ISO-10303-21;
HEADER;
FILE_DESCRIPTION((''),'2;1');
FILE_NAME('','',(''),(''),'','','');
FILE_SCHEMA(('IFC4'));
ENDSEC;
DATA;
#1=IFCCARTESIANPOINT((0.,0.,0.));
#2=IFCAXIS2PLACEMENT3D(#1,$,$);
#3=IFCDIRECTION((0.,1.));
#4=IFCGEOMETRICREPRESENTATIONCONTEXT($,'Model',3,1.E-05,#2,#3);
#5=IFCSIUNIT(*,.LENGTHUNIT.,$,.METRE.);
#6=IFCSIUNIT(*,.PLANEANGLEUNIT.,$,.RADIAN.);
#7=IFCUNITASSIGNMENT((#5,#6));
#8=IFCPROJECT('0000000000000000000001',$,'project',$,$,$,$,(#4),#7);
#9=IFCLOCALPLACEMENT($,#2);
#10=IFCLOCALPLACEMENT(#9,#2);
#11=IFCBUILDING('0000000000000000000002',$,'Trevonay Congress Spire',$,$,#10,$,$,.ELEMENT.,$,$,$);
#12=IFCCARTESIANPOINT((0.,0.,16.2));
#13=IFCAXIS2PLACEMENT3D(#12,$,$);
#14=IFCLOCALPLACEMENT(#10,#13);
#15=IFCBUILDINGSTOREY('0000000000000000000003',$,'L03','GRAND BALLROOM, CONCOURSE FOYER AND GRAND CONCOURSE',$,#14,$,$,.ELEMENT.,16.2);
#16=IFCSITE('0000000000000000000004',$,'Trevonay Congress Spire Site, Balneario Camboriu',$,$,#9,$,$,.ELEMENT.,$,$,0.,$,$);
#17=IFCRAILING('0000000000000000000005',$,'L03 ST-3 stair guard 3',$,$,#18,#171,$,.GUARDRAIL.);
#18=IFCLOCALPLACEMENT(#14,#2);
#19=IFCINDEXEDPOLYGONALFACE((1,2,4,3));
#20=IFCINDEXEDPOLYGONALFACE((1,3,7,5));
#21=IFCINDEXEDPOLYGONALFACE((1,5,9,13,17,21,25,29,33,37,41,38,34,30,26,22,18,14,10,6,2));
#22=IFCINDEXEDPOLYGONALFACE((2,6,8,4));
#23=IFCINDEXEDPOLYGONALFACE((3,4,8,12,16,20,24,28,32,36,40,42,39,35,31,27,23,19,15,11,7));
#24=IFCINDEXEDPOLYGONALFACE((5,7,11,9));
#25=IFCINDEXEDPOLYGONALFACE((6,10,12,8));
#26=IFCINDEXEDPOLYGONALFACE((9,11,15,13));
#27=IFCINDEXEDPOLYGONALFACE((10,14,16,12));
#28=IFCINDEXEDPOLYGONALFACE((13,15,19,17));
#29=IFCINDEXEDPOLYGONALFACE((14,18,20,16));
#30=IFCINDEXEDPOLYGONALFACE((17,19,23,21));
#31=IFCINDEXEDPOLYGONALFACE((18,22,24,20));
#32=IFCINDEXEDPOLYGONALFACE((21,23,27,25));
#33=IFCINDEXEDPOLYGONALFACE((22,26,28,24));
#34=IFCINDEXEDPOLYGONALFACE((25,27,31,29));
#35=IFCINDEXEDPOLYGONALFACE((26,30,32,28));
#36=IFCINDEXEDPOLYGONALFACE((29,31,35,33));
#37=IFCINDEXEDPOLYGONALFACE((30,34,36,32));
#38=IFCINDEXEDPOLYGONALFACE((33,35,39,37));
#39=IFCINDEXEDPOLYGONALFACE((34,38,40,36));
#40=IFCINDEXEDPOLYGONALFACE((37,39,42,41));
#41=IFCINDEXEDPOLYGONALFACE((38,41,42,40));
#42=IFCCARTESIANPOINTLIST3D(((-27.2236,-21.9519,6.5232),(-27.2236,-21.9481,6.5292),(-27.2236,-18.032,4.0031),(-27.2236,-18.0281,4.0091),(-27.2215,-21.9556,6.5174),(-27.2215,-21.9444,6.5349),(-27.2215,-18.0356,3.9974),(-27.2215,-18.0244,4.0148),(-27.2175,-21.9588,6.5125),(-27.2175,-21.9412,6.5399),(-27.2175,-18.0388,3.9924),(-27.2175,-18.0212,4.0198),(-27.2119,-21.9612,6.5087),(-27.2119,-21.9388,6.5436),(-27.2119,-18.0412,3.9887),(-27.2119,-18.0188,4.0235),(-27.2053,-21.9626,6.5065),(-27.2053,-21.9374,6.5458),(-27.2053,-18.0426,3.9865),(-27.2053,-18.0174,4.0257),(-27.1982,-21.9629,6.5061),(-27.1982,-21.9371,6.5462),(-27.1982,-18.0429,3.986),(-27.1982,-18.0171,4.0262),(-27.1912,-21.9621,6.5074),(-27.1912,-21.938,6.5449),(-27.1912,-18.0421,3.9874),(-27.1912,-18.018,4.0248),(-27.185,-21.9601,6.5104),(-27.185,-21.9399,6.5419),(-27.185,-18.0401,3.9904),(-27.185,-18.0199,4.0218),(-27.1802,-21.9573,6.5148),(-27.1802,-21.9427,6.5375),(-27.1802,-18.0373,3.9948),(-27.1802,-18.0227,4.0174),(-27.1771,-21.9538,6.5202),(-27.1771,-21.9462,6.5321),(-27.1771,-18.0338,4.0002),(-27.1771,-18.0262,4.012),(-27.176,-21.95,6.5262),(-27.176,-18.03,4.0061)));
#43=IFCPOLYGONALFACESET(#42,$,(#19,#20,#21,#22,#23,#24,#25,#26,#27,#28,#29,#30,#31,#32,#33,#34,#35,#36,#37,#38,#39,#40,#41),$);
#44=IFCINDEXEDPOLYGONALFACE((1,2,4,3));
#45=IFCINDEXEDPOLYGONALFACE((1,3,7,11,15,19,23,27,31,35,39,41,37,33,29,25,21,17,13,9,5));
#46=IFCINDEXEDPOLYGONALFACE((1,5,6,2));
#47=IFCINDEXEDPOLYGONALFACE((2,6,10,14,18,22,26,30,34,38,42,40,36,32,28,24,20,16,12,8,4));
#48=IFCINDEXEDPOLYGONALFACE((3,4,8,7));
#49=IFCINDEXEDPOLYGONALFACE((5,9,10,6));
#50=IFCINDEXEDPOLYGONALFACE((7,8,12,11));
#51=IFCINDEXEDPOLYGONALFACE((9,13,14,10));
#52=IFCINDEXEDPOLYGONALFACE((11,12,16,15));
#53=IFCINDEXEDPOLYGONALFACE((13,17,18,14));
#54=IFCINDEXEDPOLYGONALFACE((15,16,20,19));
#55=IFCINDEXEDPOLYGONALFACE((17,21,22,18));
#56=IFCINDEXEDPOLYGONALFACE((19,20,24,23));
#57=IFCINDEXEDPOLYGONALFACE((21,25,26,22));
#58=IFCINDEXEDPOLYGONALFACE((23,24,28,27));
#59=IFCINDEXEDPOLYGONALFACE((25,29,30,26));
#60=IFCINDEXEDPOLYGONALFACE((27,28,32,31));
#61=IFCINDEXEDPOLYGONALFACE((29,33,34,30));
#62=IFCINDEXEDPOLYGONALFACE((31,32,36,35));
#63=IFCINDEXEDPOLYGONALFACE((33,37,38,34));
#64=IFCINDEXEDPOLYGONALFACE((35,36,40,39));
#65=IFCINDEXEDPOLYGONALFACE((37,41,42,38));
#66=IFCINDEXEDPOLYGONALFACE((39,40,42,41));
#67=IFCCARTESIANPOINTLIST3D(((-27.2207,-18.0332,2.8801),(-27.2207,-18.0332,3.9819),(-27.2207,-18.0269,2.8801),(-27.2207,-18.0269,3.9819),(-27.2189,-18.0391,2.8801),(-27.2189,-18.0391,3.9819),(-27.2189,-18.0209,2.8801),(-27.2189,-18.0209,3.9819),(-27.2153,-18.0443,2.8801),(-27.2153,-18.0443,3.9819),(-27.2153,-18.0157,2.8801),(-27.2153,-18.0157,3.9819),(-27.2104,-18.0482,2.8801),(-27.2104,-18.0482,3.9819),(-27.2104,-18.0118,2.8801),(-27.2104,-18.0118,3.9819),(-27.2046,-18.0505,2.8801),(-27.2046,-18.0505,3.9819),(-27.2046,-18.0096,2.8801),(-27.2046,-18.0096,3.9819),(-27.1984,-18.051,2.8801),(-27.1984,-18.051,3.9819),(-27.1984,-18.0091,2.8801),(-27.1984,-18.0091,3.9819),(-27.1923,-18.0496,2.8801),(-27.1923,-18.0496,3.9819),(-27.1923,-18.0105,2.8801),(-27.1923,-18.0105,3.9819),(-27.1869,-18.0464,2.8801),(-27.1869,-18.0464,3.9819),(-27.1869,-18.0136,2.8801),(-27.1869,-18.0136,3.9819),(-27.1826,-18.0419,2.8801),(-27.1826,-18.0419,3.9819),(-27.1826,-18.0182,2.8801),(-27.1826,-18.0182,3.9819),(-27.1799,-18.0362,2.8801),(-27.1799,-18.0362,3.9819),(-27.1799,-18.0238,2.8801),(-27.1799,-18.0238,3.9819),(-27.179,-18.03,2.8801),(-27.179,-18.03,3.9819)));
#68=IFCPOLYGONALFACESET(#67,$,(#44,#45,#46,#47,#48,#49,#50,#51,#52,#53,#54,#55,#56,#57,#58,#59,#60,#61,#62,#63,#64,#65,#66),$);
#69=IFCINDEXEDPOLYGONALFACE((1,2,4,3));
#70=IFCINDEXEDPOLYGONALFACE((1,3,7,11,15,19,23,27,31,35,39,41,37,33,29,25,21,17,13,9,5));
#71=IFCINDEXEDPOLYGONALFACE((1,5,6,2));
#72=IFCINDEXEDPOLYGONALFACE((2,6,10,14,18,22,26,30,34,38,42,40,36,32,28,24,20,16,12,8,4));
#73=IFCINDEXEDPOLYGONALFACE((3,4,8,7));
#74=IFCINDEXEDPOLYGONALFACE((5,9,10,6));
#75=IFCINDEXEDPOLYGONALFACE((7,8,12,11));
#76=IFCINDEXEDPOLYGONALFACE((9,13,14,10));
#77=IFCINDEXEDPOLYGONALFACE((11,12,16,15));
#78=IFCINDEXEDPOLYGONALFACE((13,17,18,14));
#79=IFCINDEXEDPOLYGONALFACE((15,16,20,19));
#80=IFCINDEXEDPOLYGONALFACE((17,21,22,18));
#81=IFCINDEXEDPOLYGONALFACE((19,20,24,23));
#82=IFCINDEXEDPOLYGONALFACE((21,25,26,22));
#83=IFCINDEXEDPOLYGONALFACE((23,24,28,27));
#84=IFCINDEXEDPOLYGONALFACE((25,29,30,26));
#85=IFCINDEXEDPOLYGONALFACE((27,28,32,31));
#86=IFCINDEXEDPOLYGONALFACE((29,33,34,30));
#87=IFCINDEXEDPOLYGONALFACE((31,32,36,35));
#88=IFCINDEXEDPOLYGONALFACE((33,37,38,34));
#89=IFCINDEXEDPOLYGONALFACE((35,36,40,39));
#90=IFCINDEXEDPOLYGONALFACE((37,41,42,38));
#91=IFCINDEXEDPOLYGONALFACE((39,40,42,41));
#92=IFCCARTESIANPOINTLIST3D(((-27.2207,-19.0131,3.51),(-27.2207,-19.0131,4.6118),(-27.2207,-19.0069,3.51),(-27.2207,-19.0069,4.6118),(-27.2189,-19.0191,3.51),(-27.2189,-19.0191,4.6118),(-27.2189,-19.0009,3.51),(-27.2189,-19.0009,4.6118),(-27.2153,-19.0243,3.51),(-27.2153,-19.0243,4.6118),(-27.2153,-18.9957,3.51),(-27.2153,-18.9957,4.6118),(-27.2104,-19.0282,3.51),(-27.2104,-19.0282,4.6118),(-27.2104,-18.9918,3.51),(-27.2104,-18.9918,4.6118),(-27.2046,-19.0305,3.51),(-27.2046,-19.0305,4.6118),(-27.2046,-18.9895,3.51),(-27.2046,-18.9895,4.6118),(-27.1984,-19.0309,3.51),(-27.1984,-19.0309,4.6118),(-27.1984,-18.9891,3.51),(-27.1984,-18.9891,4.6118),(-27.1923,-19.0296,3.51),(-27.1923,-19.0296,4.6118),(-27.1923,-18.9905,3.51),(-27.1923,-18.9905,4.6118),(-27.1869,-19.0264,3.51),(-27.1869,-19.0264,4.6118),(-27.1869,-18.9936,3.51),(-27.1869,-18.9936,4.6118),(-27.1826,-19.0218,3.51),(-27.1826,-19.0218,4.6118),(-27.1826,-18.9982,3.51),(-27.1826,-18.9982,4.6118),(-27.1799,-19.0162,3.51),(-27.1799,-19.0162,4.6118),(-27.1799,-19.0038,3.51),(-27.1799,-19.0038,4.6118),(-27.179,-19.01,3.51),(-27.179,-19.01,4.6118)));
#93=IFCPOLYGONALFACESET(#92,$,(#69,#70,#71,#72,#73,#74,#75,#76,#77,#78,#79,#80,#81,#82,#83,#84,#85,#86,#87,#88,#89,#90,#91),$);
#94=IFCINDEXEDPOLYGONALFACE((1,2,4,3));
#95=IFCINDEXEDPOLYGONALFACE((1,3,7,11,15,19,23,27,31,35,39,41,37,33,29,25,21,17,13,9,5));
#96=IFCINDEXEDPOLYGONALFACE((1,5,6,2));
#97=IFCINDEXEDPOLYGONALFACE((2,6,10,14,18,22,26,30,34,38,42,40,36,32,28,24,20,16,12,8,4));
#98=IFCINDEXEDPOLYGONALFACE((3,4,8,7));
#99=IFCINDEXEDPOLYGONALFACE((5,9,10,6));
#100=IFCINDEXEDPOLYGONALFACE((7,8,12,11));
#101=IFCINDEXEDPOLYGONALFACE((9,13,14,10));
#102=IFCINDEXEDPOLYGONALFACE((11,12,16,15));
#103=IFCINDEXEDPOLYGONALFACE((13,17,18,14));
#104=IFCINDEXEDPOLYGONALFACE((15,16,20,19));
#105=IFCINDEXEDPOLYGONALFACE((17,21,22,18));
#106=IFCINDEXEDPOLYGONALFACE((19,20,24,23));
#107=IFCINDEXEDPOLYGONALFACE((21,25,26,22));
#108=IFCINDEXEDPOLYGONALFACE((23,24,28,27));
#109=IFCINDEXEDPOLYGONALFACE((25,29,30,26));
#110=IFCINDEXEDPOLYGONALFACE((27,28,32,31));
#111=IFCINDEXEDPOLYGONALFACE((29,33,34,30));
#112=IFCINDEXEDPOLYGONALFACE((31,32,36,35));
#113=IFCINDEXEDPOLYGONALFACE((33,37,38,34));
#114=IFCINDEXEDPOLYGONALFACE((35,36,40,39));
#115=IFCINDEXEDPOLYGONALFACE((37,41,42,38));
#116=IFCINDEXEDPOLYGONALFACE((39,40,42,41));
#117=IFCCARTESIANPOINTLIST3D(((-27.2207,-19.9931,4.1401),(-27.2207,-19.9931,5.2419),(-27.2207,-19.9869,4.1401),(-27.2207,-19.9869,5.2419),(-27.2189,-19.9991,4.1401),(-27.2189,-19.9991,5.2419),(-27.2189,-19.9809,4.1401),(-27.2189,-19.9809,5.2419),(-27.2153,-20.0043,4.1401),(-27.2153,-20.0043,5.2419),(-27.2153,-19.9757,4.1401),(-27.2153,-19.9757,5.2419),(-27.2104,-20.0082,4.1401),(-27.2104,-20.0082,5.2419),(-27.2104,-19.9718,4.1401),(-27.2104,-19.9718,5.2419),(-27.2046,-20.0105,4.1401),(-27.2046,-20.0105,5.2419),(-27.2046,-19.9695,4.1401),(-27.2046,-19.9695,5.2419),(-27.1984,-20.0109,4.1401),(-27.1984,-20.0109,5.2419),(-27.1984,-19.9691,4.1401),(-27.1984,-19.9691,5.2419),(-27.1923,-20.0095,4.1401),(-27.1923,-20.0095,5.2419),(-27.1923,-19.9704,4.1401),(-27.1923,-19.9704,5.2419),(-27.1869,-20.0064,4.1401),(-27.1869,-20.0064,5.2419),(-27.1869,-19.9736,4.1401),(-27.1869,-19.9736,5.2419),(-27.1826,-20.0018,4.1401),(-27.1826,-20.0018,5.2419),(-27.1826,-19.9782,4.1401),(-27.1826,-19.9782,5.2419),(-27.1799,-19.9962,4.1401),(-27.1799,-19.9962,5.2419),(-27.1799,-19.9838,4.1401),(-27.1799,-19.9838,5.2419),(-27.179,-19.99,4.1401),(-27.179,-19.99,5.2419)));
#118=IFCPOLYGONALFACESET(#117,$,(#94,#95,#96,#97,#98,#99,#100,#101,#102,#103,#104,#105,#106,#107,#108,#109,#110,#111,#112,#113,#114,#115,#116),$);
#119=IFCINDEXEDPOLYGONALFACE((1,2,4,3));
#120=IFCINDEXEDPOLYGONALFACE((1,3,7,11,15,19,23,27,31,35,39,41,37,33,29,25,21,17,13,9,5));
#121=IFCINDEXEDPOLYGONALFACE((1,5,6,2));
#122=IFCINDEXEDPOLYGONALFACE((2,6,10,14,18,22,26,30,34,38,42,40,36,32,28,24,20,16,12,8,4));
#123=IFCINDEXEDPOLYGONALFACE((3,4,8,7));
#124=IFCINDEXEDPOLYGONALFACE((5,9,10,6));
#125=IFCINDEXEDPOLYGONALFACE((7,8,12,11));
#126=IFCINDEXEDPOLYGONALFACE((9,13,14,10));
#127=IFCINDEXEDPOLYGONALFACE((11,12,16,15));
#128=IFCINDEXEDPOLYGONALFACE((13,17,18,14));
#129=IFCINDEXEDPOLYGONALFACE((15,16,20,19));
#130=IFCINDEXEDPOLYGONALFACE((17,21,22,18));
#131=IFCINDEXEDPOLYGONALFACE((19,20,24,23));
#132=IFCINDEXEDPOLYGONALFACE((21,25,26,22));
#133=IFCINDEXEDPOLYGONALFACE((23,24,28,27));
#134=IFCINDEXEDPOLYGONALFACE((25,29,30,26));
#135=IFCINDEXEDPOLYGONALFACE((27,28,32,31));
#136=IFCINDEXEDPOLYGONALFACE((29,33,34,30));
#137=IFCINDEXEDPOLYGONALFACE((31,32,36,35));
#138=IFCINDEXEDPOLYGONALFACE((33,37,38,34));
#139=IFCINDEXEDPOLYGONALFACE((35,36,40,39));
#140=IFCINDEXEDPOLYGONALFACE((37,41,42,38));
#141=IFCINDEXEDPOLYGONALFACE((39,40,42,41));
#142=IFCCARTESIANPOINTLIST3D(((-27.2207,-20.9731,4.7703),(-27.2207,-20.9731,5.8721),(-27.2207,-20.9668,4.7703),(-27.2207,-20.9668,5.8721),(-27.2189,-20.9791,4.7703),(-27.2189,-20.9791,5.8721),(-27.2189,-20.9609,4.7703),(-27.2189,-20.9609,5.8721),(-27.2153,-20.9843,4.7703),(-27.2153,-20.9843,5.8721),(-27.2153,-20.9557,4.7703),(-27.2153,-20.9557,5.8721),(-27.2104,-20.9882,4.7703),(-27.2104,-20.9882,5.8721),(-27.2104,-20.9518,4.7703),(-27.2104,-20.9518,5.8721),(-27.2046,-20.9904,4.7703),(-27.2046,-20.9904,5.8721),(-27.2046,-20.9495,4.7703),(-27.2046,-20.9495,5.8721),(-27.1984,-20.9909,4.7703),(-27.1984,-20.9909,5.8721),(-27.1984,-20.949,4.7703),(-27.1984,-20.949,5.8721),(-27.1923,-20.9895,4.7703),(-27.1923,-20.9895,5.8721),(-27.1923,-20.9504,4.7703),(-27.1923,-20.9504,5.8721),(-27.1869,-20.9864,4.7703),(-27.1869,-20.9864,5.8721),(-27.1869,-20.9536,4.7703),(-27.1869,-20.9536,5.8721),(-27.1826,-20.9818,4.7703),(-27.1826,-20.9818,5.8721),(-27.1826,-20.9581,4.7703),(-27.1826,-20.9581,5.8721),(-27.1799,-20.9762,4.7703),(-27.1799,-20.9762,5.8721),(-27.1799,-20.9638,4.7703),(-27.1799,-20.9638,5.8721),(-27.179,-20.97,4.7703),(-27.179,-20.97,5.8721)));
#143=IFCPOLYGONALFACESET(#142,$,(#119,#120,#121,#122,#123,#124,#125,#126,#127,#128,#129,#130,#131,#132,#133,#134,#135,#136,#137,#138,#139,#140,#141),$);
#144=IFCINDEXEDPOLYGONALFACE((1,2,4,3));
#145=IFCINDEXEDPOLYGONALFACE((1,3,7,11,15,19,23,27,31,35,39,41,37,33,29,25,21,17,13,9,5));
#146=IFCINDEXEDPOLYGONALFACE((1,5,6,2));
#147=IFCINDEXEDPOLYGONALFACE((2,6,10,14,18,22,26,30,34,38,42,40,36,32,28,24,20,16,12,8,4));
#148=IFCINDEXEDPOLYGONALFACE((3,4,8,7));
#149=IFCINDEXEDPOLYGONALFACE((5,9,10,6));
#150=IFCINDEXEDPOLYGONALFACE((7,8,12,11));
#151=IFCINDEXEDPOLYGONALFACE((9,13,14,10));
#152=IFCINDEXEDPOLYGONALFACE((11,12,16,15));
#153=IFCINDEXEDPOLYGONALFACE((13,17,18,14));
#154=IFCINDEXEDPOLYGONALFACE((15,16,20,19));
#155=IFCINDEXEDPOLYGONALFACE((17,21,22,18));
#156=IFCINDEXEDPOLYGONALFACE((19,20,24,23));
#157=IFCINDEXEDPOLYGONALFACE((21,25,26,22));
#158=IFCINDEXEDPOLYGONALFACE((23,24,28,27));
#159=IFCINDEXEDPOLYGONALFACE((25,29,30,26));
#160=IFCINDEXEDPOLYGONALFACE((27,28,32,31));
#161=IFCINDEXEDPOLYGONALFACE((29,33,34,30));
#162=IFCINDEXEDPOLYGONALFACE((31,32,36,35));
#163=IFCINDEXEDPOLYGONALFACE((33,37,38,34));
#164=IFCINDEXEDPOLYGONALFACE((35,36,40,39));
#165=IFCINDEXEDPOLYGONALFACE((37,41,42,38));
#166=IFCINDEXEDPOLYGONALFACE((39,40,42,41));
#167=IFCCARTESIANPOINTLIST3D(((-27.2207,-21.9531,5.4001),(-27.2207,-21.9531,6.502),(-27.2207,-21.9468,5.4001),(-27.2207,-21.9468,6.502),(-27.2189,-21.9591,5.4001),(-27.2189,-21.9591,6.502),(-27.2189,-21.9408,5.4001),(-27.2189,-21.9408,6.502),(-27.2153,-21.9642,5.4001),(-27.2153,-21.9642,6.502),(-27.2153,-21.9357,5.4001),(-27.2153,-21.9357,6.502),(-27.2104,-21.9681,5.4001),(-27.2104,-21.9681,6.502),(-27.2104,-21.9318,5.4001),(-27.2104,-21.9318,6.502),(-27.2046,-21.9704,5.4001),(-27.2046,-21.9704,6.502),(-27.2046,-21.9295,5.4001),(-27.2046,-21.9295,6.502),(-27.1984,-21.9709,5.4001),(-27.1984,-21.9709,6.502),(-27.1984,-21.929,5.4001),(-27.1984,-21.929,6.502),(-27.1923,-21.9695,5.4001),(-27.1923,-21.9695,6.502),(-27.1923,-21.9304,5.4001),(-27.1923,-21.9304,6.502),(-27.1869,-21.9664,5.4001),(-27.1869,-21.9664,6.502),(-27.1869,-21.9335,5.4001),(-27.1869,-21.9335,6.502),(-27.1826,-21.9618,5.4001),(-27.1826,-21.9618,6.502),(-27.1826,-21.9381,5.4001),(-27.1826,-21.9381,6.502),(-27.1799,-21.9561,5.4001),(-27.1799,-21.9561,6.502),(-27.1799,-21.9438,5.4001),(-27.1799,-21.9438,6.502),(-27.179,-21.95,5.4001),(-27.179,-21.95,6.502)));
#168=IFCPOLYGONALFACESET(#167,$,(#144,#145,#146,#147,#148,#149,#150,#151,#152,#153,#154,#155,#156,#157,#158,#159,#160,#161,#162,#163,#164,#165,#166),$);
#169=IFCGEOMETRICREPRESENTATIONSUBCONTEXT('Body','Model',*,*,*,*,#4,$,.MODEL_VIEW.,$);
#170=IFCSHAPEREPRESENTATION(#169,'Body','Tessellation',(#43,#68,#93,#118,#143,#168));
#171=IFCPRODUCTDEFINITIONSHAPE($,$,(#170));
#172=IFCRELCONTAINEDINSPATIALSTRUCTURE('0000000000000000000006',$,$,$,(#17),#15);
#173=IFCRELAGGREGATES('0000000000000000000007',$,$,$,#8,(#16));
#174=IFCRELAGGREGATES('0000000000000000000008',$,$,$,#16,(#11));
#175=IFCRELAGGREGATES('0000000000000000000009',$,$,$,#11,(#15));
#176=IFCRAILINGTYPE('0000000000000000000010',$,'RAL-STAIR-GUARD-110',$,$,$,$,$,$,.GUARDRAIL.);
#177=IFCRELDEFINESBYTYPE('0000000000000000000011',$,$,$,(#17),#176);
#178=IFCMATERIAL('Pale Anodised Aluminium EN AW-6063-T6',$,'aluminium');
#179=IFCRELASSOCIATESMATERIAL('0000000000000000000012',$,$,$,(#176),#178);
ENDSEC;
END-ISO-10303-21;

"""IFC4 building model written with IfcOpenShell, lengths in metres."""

from ifc_helpers import new_model, si_unit, direction, frame, origin, origin_2d, place, context, subcontext, project, spatial, circle, extrude, material, type_object, element, save


model = new_model("IFC4")

# Units and contexts
model_context = context("Model", 3, precision=1e-05, world=origin(), true_north=direction((0.0, 1.0)))
body_context = subcontext(model_context, "Body", "Model", "MODEL_VIEW")
ifc_project = project(units=[si_unit("LENGTHUNIT", "METRE"), si_unit("PLANEANGLEUNIT", "RADIAN")], contexts=[model_context])

# Site, building, storey
site_placement = place(None, origin())
site = spatial("IfcSite", under=ifc_project, at=site_placement, Name="Trevonay Congress Spire Site, Balneario Camboriu", CompositionType="ELEMENT", RefElevation=0.0)
building_placement = place(site_placement, origin())
building = spatial("IfcBuilding", under=site, at=building_placement, Name="Trevonay Congress Spire", CompositionType="ELEMENT")
storey_placement = place(building_placement, frame((0.0, 0.0, 16.2)))
storey = spatial("IfcBuildingStorey", under=building, at=storey_placement, Name="L03", Description="GRAND BALLROOM, CONCOURSE FOYER AND GRAND CONCOURSE", CompositionType="ELEMENT", Elevation=16.2)

# Shared definitions
ifc_material_1 = material(Name="Pale Anodised Aluminium EN AW-6063-T6", Category="aluminium")

# Railing
railing_type = type_object("IfcRailingType", Name="RAL-STAIR-GUARD-110", PredefinedType="GUARDRAIL", material=ifc_material_1)
railing_1_placement = place(storey_placement, frame((-27.2, -18.03, 2.8801)))
element("IfcRailing", 1, at=railing_1_placement, inside=storey, type_object=railing_type, Name="L03 ST-3 stair guard 3", PredefinedType="GUARDRAIL", context=body_context, shape_type="SweptSolid", body=[
    extrude(circle(Radius=0.0239, at=origin_2d()), frame((0.0, 0.0, 1.126), z_axis=(0.0, -0.841172, 0.540768), x_axis=(1.0, 0.0, 0.0)), (0.0, 0.0, 1.0), 4.6602),
    extrude(circle(Radius=0.021, at=origin_2d()), origin(), (0.0, 0.0, 1.0), 1.1018),
    extrude(circle(Radius=0.021, at=origin_2d()), frame((0.0, -0.98, 0.6299)), (0.0, 0.0, 1.0), 1.1018),
    extrude(circle(Radius=0.021, at=origin_2d()), frame((0.0, -1.96, 1.26)), (0.0, 0.0, 1.0), 1.1018),
    extrude(circle(Radius=0.021, at=origin_2d()), frame((0.0, -2.9399, 1.8901)), (0.0, 0.0, 1.0), 1.1018),
    extrude(circle(Radius=0.021, at=origin_2d()), frame((0.0, -3.9199, 2.52)), (0.0, 0.0, 1.0), 1.1018),
])

save(model, "model.ifc")
